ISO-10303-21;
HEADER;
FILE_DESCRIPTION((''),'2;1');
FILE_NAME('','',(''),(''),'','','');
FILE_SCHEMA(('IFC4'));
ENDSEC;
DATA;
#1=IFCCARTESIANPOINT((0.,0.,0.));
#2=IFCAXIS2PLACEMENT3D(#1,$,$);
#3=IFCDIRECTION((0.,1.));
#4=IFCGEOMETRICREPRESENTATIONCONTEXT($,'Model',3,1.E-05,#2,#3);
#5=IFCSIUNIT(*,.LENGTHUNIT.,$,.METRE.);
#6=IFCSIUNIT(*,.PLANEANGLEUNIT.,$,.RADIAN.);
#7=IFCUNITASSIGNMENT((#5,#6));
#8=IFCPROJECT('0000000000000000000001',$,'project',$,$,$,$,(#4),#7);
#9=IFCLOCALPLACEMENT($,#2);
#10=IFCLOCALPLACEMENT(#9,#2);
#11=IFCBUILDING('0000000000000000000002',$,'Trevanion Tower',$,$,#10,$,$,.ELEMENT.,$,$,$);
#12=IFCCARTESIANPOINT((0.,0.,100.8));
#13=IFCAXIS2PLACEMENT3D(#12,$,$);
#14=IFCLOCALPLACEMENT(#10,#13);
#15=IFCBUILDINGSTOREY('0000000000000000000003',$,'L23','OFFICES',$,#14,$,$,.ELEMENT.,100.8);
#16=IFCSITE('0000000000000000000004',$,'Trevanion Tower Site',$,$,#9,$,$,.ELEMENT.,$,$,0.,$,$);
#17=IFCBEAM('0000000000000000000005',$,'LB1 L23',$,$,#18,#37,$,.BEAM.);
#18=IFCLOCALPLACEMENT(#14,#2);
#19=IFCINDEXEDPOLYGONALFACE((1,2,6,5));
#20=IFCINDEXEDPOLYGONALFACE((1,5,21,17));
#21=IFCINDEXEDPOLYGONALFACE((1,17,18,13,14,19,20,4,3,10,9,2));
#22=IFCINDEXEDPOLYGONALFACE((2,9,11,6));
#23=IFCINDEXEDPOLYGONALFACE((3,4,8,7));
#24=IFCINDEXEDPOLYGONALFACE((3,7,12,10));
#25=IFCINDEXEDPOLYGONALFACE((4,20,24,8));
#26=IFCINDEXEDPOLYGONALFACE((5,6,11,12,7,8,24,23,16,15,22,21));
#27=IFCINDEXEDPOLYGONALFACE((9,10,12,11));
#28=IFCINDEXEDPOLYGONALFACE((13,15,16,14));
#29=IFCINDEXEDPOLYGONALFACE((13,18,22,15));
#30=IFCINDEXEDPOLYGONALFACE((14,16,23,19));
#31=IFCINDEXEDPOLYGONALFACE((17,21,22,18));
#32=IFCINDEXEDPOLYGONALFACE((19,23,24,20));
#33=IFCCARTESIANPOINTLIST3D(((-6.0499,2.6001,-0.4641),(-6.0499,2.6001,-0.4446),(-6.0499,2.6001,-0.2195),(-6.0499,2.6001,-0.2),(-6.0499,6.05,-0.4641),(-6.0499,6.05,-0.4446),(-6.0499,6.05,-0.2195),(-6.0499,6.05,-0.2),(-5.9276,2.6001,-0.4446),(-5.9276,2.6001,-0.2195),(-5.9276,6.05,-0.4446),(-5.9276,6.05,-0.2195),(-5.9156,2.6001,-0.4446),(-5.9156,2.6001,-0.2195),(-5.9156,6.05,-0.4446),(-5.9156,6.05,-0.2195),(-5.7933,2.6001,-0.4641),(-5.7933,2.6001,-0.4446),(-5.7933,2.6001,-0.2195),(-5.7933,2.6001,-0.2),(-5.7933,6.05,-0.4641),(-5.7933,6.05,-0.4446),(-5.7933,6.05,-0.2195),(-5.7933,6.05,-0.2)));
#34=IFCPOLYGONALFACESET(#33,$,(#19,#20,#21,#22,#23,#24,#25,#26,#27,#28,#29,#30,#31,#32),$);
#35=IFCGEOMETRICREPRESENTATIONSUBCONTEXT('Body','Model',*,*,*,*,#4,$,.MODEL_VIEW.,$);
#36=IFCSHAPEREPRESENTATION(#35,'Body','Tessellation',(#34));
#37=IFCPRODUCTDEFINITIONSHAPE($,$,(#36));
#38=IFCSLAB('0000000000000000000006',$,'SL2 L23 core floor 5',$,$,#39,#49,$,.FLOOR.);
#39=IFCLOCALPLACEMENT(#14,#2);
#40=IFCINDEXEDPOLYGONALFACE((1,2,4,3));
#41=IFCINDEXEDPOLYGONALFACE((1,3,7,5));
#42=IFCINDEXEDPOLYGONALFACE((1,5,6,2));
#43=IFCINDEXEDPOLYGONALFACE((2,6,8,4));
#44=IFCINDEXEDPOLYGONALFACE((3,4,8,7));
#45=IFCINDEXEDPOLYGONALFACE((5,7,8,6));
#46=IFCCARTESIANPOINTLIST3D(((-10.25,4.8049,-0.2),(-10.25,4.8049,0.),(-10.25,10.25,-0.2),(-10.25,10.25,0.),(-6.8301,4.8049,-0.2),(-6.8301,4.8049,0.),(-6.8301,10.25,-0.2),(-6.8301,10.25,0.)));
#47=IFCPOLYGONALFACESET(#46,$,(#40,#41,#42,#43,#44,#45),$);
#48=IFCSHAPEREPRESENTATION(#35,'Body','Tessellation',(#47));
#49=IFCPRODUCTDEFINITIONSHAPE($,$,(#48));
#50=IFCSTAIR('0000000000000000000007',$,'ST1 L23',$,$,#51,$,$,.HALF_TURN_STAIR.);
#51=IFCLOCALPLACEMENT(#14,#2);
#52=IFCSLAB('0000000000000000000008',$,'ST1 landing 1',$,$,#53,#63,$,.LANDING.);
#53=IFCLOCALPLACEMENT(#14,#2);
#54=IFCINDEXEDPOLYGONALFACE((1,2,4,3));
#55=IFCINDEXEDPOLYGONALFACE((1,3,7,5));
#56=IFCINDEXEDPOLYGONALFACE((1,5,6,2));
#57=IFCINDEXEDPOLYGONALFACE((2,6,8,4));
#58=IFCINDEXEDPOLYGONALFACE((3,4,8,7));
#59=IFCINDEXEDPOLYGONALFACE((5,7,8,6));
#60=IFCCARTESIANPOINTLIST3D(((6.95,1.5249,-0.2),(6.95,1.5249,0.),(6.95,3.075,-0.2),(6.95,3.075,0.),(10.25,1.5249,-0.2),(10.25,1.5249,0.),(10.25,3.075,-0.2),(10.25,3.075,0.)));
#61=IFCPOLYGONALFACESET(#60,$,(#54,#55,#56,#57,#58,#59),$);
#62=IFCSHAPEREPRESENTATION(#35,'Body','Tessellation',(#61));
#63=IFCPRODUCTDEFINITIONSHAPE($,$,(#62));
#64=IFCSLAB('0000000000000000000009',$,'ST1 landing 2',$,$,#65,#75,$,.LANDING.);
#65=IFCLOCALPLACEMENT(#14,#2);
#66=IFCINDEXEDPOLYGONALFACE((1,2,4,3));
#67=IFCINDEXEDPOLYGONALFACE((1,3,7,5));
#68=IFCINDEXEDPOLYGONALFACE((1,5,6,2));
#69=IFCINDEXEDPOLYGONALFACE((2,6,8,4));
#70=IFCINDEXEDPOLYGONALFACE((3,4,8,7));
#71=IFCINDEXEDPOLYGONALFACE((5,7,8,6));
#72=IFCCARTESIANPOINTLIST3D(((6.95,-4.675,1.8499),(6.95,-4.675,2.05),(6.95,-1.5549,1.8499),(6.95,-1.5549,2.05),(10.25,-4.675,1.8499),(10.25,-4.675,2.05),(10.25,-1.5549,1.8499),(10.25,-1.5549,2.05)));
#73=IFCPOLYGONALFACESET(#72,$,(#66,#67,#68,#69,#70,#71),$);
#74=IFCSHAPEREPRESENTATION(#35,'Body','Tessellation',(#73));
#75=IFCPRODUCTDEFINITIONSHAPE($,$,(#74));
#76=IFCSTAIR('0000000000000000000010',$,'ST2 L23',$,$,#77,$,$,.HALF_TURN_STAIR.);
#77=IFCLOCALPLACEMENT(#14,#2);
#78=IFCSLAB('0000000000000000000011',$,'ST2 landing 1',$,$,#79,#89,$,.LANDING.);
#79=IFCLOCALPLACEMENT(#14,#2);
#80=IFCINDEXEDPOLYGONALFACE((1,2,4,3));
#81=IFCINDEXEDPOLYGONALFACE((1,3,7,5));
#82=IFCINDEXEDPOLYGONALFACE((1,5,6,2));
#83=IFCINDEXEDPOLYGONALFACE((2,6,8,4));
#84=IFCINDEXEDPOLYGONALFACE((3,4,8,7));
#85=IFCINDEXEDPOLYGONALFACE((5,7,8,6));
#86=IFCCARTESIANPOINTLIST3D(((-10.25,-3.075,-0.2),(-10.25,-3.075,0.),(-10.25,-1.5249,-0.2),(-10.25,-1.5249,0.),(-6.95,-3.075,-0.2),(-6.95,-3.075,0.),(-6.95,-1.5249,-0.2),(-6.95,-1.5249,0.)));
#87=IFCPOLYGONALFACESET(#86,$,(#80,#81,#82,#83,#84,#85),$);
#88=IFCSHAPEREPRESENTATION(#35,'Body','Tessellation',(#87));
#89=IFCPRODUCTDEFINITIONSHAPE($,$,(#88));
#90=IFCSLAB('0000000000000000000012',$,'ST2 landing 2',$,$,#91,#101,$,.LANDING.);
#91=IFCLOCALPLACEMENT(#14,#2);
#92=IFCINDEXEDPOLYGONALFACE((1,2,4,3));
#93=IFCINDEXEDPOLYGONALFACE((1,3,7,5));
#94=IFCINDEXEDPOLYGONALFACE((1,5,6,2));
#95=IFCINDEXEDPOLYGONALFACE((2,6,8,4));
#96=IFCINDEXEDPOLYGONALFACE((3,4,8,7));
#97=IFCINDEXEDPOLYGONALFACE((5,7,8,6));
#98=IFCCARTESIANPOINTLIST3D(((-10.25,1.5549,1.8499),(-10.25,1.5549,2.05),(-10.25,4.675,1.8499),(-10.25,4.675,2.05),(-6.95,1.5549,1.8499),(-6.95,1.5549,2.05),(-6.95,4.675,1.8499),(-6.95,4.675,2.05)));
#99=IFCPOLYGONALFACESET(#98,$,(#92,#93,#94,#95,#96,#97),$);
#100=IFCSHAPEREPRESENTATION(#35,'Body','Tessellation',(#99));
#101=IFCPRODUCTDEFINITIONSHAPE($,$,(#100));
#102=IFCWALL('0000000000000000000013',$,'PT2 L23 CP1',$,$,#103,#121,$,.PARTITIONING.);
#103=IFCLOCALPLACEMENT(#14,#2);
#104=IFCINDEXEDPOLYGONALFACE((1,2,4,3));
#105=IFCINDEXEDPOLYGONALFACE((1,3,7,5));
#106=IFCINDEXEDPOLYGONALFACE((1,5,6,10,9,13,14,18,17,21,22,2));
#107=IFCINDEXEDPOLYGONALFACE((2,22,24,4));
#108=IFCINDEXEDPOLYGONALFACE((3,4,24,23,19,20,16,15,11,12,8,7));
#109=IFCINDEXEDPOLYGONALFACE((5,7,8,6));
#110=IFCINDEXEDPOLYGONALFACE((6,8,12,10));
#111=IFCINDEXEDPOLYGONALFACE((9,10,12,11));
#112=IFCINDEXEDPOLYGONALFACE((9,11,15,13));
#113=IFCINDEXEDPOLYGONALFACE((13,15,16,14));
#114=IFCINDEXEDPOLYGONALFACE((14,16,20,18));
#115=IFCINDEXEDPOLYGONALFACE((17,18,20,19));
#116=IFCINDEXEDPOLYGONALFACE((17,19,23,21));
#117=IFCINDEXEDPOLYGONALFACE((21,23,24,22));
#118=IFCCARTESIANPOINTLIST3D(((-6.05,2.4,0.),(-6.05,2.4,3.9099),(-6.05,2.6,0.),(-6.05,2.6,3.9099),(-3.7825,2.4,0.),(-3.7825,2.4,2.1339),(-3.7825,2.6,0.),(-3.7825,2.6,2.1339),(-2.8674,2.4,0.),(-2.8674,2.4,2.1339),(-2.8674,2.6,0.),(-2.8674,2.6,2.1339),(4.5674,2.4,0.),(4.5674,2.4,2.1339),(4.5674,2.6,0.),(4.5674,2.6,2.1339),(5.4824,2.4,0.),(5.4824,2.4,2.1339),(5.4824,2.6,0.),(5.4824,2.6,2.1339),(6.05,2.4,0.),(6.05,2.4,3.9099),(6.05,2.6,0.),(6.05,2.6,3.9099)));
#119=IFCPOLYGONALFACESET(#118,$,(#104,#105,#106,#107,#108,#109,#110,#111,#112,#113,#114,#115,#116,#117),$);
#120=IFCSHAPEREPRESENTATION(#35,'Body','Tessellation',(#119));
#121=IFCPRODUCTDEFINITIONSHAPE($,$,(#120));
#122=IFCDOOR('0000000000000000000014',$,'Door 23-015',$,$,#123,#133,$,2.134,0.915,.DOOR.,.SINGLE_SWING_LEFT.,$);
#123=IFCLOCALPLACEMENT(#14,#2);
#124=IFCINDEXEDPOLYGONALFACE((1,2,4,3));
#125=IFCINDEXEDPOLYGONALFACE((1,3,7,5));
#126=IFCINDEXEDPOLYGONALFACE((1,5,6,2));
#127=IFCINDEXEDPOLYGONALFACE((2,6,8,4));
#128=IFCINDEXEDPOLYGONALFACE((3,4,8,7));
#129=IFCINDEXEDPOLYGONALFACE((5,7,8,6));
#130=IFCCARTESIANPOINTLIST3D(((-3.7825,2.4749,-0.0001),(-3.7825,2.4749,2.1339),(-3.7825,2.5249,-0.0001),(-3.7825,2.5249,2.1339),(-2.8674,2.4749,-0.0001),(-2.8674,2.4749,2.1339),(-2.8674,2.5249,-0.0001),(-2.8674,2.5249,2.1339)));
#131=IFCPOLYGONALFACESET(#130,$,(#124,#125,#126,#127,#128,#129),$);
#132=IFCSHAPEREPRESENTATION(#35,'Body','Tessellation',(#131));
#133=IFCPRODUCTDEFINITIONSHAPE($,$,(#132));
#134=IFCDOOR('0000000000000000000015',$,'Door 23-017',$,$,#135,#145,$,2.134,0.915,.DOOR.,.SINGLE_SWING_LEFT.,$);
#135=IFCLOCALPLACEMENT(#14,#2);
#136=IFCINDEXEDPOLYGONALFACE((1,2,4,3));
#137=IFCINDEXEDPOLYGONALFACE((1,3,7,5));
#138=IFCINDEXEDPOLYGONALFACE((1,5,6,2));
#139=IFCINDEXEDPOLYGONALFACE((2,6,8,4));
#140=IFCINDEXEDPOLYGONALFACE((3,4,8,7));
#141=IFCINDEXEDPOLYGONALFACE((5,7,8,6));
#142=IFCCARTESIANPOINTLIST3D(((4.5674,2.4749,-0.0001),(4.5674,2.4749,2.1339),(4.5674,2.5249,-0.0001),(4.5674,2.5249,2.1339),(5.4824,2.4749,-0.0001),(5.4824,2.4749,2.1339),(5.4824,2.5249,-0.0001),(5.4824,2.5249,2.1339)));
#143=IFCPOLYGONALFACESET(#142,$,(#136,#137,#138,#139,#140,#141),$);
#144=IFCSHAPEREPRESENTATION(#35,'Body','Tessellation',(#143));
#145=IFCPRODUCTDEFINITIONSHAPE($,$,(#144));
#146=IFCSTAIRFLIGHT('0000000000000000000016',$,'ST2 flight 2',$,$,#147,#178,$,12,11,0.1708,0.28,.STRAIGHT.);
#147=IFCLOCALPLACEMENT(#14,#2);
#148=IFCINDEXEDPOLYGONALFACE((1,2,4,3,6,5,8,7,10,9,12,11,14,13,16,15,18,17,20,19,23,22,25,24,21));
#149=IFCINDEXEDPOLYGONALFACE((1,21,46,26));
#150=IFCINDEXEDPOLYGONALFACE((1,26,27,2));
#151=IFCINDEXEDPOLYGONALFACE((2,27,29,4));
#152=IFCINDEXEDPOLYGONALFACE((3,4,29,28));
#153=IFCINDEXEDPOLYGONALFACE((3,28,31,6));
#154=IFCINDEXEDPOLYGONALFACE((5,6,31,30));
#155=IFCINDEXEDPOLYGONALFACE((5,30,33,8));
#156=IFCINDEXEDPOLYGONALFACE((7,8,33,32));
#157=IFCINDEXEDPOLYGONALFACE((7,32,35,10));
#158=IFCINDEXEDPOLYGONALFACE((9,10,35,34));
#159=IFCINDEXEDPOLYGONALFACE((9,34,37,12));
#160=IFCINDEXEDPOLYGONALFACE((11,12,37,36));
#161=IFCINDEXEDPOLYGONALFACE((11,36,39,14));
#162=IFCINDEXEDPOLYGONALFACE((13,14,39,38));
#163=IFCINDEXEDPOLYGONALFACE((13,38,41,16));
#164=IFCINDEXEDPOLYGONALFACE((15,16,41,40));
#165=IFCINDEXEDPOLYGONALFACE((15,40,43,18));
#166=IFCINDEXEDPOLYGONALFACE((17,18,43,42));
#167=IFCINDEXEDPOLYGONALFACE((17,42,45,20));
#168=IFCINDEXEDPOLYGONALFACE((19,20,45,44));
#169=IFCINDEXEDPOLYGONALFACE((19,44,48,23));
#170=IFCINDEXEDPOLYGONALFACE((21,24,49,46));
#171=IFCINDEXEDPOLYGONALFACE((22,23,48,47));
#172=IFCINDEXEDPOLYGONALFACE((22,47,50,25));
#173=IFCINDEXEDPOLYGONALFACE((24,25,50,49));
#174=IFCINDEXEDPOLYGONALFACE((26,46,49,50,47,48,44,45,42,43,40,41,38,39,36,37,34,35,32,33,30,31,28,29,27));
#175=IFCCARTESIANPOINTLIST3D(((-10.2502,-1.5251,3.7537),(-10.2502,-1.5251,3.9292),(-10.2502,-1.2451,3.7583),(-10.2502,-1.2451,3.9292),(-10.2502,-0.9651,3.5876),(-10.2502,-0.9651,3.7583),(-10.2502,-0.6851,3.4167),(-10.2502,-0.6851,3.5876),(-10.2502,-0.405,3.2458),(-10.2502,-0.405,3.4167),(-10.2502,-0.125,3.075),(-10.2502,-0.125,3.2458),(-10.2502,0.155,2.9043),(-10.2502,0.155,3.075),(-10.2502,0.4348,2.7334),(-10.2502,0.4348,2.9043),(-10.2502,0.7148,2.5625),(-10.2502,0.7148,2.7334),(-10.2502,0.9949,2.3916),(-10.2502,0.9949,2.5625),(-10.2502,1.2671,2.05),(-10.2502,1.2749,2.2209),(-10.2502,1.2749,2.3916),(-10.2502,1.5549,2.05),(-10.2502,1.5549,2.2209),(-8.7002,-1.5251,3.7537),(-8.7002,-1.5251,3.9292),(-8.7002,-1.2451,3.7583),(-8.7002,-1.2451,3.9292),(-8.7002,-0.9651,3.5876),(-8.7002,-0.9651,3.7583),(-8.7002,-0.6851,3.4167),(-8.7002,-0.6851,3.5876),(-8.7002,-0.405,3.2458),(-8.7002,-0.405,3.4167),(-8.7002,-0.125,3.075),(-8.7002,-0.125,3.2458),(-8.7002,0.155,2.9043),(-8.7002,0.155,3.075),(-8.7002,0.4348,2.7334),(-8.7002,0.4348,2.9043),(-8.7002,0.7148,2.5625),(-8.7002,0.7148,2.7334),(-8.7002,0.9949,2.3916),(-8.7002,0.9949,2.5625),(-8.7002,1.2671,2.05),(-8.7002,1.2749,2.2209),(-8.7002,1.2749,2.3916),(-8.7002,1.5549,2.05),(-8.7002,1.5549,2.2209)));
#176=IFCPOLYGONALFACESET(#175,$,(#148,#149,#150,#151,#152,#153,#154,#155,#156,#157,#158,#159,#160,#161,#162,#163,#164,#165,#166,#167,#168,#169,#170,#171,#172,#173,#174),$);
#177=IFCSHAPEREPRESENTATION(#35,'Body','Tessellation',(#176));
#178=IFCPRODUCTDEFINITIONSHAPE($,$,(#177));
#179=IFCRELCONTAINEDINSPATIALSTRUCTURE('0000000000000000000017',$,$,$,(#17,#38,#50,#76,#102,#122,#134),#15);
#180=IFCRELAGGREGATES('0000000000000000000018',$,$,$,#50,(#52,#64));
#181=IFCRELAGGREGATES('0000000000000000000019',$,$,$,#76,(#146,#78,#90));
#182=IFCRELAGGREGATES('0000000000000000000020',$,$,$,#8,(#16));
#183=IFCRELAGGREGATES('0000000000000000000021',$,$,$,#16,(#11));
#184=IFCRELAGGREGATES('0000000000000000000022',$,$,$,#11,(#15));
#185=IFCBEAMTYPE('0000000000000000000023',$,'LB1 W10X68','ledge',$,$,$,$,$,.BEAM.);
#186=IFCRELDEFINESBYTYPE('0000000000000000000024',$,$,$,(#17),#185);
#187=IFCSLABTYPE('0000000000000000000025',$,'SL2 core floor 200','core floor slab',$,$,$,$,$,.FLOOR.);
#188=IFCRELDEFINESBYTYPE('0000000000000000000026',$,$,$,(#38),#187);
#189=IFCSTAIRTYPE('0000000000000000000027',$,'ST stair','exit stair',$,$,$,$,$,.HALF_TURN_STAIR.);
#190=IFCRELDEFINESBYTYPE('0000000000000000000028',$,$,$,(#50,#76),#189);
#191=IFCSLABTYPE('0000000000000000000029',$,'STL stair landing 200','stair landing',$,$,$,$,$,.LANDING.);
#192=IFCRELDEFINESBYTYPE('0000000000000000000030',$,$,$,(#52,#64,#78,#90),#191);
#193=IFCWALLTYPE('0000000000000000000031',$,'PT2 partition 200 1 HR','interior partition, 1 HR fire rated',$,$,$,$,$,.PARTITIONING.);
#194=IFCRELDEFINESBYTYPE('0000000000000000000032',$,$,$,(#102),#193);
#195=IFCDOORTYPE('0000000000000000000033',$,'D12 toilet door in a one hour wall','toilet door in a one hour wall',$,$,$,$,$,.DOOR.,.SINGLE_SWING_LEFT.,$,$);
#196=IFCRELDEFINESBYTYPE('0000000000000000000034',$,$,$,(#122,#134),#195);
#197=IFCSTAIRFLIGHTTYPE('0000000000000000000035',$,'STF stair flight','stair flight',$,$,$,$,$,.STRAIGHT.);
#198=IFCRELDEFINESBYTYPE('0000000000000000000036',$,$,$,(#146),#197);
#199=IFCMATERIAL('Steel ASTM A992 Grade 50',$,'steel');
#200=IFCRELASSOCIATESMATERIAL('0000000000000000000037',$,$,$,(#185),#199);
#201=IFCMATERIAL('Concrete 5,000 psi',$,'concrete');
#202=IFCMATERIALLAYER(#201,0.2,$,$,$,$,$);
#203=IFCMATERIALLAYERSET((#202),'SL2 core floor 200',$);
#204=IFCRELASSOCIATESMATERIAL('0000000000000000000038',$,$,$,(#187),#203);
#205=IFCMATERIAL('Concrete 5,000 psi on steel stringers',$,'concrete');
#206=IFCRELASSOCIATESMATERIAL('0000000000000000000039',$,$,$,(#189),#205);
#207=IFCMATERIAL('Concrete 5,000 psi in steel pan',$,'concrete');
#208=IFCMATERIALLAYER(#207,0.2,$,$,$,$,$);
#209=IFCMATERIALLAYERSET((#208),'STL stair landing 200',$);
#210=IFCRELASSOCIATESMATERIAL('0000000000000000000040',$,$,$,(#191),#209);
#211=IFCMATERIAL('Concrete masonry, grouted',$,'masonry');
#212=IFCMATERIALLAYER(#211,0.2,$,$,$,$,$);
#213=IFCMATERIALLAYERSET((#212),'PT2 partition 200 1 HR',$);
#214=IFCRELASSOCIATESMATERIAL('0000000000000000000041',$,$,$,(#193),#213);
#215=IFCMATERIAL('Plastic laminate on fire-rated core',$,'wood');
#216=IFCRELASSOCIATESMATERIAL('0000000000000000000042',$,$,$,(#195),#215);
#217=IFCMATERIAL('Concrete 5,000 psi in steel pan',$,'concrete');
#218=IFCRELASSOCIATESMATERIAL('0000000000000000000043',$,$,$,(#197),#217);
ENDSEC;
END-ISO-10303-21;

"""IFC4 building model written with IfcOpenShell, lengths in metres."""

from ifc_helpers import new_model, si_unit, direction, frame, frame_2d, origin, origin_2d, place, context, subcontext, project, spatial, polyline, rectangle, i_section, outline, extrude, material, layer, layer_set, material_profile, profile_set, type_object, element, fill, aggregate, save


model = new_model("IFC4")

# Units and contexts
model_context = context("Model", 3, precision=1e-05, world=origin(), true_north=direction((0.0, 1.0)))
body_context = subcontext(model_context, "Body", "Model", "MODEL_VIEW")
ifc_project = project(units=[si_unit("LENGTHUNIT", "METRE"), si_unit("PLANEANGLEUNIT", "RADIAN")], contexts=[model_context])

# Site, building, storey
site_placement = place(None, origin())
site = spatial("IfcSite", under=ifc_project, at=site_placement, Name="Trevanion Tower Site", CompositionType="ELEMENT", RefElevation=0.0)
building_placement = place(site_placement, origin())
building = spatial("IfcBuilding", under=site, at=building_placement, Name="Trevanion Tower", CompositionType="ELEMENT")
storey_placement = place(building_placement, frame((0.0, 0.0, 100.8)))
storey = spatial("IfcBuildingStorey", under=building, at=storey_placement, Name="L23", Description="OFFICES", CompositionType="ELEMENT", Elevation=100.8)

# Beam
ifc_material_1 = material(Name="Steel ASTM A992 Grade 50", Category="steel")
ifc_material_profile = material_profile(ifc_material_1, i_section(OverallWidth=0.2566, OverallDepth=0.2642, WebThickness=0.012, FlangeThickness=0.0195, at=origin_2d()), Name="W10X68")
ifc_profile_set = profile_set([ifc_material_profile], Name="Steel ASTM A992 Grade 50")
beam_type = type_object("IfcBeamType", Name="LB1 W10X68", Description="ledge", PredefinedType="BEAM", material=ifc_profile_set)
beam_placement = place(storey_placement, frame((-5.9216, 2.6001, -0.332), z_axis=(0.0, 1.0, 0.0), x_axis=(-1.0, 0.0, 0.0)))
element("IfcBeam", 1, at=beam_placement, inside=storey, type_object=beam_type, Name="LB1 L23", PredefinedType="BEAM", context=body_context, shape_type="SweptSolid", body=[
    extrude(i_section(OverallWidth=0.2566, OverallDepth=0.2642, WebThickness=0.012, FlangeThickness=0.0195, at=origin_2d()), origin(), (0.0, 0.0, 1.0), 3.45),
])

# Slab
ifc_material_2 = material(Name="Concrete 5,000 psi", Category="concrete")
ifc_layer_1 = layer(ifc_material_2, 0.2)
ifc_layer_set_1 = layer_set([ifc_layer_1], Name="SL2 core floor 200")
slab_type_1 = type_object("IfcSlabType", Name="SL2 core floor 200", Description="core floor slab", PredefinedType="FLOOR", material=ifc_layer_set_1)
slab_1_placement = place(storey_placement, frame((0.0, 0.0, -0.2)))
element("IfcSlab", 2, at=slab_1_placement, inside=storey, type_object=slab_type_1, Name="SL2 L23 core floor 5", PredefinedType="FLOOR", context=body_context, shape_type="SweptSolid", body=[
    extrude(outline(polyline([(-6.8301, 4.8049), (-10.25, 4.8049), (-10.25, 10.25), (-6.8301, 10.25), (-6.8301, 4.8049)])), origin(), (0.0, 0.0, 1.0), 0.2),
])

# Stairs, slabs
ifc_material_3 = material(Name="Concrete 5,000 psi on steel stringers", Category="concrete")
stair_type = type_object("IfcStairType", Name="ST stair", Description="exit stair", PredefinedType="HALF_TURN_STAIR", material=ifc_material_3)
stair_1_placement = place(storey_placement, origin())
stair_1 = element("IfcStair", 3, at=stair_1_placement, inside=storey, type_object=stair_type, Name="ST1 L23", PredefinedType="HALF_TURN_STAIR")
ifc_material_4 = material(Name="Concrete 5,000 psi in steel pan", Category="concrete")
ifc_layer_2 = layer(ifc_material_4, 0.2)
ifc_layer_set_2 = layer_set([ifc_layer_2], Name="STL stair landing 200")
slab_type_2 = type_object("IfcSlabType", Name="STL stair landing 200", Description="stair landing", PredefinedType="LANDING", material=ifc_layer_set_2)
slab_2_placement = place(storey_placement, frame((0.0, 0.0, -0.2)))
slab_2 = element("IfcSlab", 4, at=slab_2_placement, type_object=slab_type_2, Name="ST1 landing 1", PredefinedType="LANDING", context=body_context, shape_type="SweptSolid", body=[
    extrude(outline(polyline([(6.95, 1.5249), (10.25, 1.5249), (10.25, 3.075), (6.95, 3.075), (6.95, 1.5249)])), origin(), (0.0, 0.0, 1.0), 0.2),
])
slab_3_placement = place(storey_placement, frame((0.0, 0.0, 1.8499)))
slab_3 = element("IfcSlab", 5, at=slab_3_placement, type_object=slab_type_2, Name="ST1 landing 2", PredefinedType="LANDING", context=body_context, shape_type="SweptSolid", body=[
    extrude(outline(polyline([(6.95, -4.675), (10.25, -4.675), (10.25, -1.5549), (6.95, -1.5549), (6.95, -4.675)])), origin(), (0.0, 0.0, 1.0), 0.2002),
])
aggregate(stair_1, [slab_2, slab_3])
stair_2_placement = place(storey_placement, origin())
stair_2 = element("IfcStair", 6, at=stair_2_placement, inside=storey, type_object=stair_type, Name="ST2 L23", PredefinedType="HALF_TURN_STAIR")
slab_4_placement = place(storey_placement, frame((0.0, 0.0, -0.2)))
slab_4 = element("IfcSlab", 7, at=slab_4_placement, type_object=slab_type_2, Name="ST2 landing 1", PredefinedType="LANDING", context=body_context, shape_type="SweptSolid", body=[
    extrude(outline(polyline([(-6.95, -1.5249), (-10.25, -1.5249), (-10.25, -3.075), (-6.95, -3.075), (-6.95, -1.5249)])), origin(), (0.0, 0.0, 1.0), 0.2),
])
slab_5_placement = place(storey_placement, frame((0.0, 0.0, 1.8499)))
slab_5 = element("IfcSlab", 8, at=slab_5_placement, type_object=slab_type_2, Name="ST2 landing 2", PredefinedType="LANDING", context=body_context, shape_type="SweptSolid", body=[
    extrude(outline(polyline([(-6.95, 4.675), (-10.25, 4.675), (-10.25, 1.5549), (-6.95, 1.5549), (-6.95, 4.675)])), origin(), (0.0, 0.0, 1.0), 0.2002),
])

# Wall, openings, doors
ifc_material_5 = material(Name="Concrete masonry, grouted", Category="masonry")
ifc_layer_3 = layer(ifc_material_5, 0.2)
ifc_layer_set_3 = layer_set([ifc_layer_3], Name="PT2 partition 200 1 HR")
wall_type = type_object("IfcWallType", Name="PT2 partition 200 1 HR", Description="interior partition, 1 HR fire rated", PredefinedType="PARTITIONING", material=ifc_layer_set_3)
wall_placement = place(storey_placement, frame((-6.05, 2.5, 0.0), z_axis=(0.0, 0.0, 1.0), x_axis=(1.0, 0.0, 0.0)))
wall = element("IfcWall", 9, at=wall_placement, inside=storey, type_object=wall_type, Name="PT2 L23 CP1", PredefinedType="PARTITIONING", context=body_context, shape_type="SweptSolid", body=[
    extrude(rectangle(XDim=12.1001, YDim=0.2, at=frame_2d((6.05, 0.0))), origin(), (0.0, 0.0, 1.0), 3.9099),
])
opening_1_placement = place(wall_placement, frame((2.2676, 0.0, 0.0)))
opening_1 = element("IfcOpeningElement", 10, at=opening_1_placement, cuts=wall, PredefinedType="OPENING", context=body_context, shape_type="SweptSolid", body=[
    extrude(rectangle(XDim=0.915, YDim=2.134, at=frame_2d((0.4575, 1.0669))), frame((0.0, 0.1099, 0.0), z_axis=(0.0, -1.0, 0.0), x_axis=(1.0, 0.0, 0.0)), (0.0, 0.0, 1.0), 0.22),
])
opening_2_placement = place(wall_placement, frame((10.6174, 0.0, 0.0)))
opening_2 = element("IfcOpeningElement", 11, at=opening_2_placement, cuts=wall, PredefinedType="OPENING", context=body_context, shape_type="SweptSolid", body=[
    extrude(rectangle(XDim=0.915, YDim=2.134, at=frame_2d((0.4575, 1.0669))), frame((0.0, 0.1099, 0.0), z_axis=(0.0, -1.0, 0.0), x_axis=(1.0, 0.0, 0.0)), (0.0, 0.0, 1.0), 0.22),
])
ifc_material_6 = material(Name="Plastic laminate on fire-rated core", Category="wood")
door_type = type_object("IfcDoorType", Name="D12 toilet door in a one hour wall", Description="toilet door in a one hour wall", OperationType="SINGLE_SWING_LEFT", PredefinedType="DOOR", material=ifc_material_6)
door_1_placement = place(opening_1_placement, origin())
door_1 = element("IfcDoor", 12, at=door_1_placement, inside=storey, type_object=door_type, Name="Door 23-015", OperationType="SINGLE_SWING_LEFT", OverallHeight=2.134, OverallWidth=0.915, PredefinedType="DOOR", context=body_context, shape_type="SweptSolid", body=[
    extrude(rectangle(XDim=0.915, YDim=2.134, at=frame_2d((0.4575, 1.0669))), frame((0.0, 0.0249, 0.0), z_axis=(0.0, -1.0, 0.0), x_axis=(1.0, 0.0, 0.0)), (0.0, 0.0, 1.0), 0.05),
])
fill(opening_1, door_1)
door_2_placement = place(opening_2_placement, origin())
door_2 = element("IfcDoor", 13, at=door_2_placement, inside=storey, type_object=door_type, Name="Door 23-017", OperationType="SINGLE_SWING_LEFT", OverallHeight=2.134, OverallWidth=0.915, PredefinedType="DOOR", context=body_context, shape_type="SweptSolid", body=[
    extrude(rectangle(XDim=0.915, YDim=2.134, at=frame_2d((0.4575, 1.0669))), frame((0.0, 0.0249, 0.0), z_axis=(0.0, -1.0, 0.0), x_axis=(1.0, 0.0, 0.0)), (0.0, 0.0, 1.0), 0.05),
])
fill(opening_2, door_2)

# Stair flight
ifc_material_7 = material(Name="Concrete 5,000 psi in steel pan", Category="concrete")
stair_flight_type = type_object("IfcStairFlightType", Name="STF stair flight", Description="stair flight", PredefinedType="STRAIGHT", material=ifc_material_7)
stair_flight_placement = place(storey_placement, frame((-9.4751, 1.5549, 2.05), z_axis=(0.0, 0.0, 1.0), x_axis=(0.0, -1.0, 0.0)))
stair_flight = element("IfcStairFlight", 14, at=stair_flight_placement, type_object=stair_flight_type, Name="ST2 flight 2", NumberOfRisers=12, NumberOfTreads=11, PredefinedType="STRAIGHT", RiserHeight=0.1708, TreadLength=0.28, context=body_context, shape_type="SweptSolid", body=[
    extrude(outline(polyline([(0.0, 0.0), (0.0, 0.1709), (0.28, 0.1709), (0.28, 0.3416), (0.5601, 0.3416), (0.5601, 0.5125), (0.8401, 0.5125), (0.8401, 0.6833), (1.1201, 0.6833), (1.1201, 0.8542), (1.3999, 0.8542), (1.3999, 1.0249), (1.6799, 1.0249), (1.6799, 1.1958), (1.96, 1.1958), (1.96, 1.3667), (2.24, 1.3667), (2.24, 1.5376), (2.52, 1.5376), (2.52, 1.7083), (2.8, 1.7083), (2.8, 1.8792), (3.0801, 1.8792), (3.0801, 2.05), (3.0801, 1.7036), (0.2878, 0.0), (0.0, 0.0)])), frame((0.0, 0.7749, 0.0), z_axis=(0.0, -1.0, 0.0), x_axis=(1.0, 0.0, 0.0)), (0.0, 0.0, 1.0), 1.55),
])
aggregate(stair_2, [stair_flight, slab_4, slab_5])

save(model, "model.ifc")
